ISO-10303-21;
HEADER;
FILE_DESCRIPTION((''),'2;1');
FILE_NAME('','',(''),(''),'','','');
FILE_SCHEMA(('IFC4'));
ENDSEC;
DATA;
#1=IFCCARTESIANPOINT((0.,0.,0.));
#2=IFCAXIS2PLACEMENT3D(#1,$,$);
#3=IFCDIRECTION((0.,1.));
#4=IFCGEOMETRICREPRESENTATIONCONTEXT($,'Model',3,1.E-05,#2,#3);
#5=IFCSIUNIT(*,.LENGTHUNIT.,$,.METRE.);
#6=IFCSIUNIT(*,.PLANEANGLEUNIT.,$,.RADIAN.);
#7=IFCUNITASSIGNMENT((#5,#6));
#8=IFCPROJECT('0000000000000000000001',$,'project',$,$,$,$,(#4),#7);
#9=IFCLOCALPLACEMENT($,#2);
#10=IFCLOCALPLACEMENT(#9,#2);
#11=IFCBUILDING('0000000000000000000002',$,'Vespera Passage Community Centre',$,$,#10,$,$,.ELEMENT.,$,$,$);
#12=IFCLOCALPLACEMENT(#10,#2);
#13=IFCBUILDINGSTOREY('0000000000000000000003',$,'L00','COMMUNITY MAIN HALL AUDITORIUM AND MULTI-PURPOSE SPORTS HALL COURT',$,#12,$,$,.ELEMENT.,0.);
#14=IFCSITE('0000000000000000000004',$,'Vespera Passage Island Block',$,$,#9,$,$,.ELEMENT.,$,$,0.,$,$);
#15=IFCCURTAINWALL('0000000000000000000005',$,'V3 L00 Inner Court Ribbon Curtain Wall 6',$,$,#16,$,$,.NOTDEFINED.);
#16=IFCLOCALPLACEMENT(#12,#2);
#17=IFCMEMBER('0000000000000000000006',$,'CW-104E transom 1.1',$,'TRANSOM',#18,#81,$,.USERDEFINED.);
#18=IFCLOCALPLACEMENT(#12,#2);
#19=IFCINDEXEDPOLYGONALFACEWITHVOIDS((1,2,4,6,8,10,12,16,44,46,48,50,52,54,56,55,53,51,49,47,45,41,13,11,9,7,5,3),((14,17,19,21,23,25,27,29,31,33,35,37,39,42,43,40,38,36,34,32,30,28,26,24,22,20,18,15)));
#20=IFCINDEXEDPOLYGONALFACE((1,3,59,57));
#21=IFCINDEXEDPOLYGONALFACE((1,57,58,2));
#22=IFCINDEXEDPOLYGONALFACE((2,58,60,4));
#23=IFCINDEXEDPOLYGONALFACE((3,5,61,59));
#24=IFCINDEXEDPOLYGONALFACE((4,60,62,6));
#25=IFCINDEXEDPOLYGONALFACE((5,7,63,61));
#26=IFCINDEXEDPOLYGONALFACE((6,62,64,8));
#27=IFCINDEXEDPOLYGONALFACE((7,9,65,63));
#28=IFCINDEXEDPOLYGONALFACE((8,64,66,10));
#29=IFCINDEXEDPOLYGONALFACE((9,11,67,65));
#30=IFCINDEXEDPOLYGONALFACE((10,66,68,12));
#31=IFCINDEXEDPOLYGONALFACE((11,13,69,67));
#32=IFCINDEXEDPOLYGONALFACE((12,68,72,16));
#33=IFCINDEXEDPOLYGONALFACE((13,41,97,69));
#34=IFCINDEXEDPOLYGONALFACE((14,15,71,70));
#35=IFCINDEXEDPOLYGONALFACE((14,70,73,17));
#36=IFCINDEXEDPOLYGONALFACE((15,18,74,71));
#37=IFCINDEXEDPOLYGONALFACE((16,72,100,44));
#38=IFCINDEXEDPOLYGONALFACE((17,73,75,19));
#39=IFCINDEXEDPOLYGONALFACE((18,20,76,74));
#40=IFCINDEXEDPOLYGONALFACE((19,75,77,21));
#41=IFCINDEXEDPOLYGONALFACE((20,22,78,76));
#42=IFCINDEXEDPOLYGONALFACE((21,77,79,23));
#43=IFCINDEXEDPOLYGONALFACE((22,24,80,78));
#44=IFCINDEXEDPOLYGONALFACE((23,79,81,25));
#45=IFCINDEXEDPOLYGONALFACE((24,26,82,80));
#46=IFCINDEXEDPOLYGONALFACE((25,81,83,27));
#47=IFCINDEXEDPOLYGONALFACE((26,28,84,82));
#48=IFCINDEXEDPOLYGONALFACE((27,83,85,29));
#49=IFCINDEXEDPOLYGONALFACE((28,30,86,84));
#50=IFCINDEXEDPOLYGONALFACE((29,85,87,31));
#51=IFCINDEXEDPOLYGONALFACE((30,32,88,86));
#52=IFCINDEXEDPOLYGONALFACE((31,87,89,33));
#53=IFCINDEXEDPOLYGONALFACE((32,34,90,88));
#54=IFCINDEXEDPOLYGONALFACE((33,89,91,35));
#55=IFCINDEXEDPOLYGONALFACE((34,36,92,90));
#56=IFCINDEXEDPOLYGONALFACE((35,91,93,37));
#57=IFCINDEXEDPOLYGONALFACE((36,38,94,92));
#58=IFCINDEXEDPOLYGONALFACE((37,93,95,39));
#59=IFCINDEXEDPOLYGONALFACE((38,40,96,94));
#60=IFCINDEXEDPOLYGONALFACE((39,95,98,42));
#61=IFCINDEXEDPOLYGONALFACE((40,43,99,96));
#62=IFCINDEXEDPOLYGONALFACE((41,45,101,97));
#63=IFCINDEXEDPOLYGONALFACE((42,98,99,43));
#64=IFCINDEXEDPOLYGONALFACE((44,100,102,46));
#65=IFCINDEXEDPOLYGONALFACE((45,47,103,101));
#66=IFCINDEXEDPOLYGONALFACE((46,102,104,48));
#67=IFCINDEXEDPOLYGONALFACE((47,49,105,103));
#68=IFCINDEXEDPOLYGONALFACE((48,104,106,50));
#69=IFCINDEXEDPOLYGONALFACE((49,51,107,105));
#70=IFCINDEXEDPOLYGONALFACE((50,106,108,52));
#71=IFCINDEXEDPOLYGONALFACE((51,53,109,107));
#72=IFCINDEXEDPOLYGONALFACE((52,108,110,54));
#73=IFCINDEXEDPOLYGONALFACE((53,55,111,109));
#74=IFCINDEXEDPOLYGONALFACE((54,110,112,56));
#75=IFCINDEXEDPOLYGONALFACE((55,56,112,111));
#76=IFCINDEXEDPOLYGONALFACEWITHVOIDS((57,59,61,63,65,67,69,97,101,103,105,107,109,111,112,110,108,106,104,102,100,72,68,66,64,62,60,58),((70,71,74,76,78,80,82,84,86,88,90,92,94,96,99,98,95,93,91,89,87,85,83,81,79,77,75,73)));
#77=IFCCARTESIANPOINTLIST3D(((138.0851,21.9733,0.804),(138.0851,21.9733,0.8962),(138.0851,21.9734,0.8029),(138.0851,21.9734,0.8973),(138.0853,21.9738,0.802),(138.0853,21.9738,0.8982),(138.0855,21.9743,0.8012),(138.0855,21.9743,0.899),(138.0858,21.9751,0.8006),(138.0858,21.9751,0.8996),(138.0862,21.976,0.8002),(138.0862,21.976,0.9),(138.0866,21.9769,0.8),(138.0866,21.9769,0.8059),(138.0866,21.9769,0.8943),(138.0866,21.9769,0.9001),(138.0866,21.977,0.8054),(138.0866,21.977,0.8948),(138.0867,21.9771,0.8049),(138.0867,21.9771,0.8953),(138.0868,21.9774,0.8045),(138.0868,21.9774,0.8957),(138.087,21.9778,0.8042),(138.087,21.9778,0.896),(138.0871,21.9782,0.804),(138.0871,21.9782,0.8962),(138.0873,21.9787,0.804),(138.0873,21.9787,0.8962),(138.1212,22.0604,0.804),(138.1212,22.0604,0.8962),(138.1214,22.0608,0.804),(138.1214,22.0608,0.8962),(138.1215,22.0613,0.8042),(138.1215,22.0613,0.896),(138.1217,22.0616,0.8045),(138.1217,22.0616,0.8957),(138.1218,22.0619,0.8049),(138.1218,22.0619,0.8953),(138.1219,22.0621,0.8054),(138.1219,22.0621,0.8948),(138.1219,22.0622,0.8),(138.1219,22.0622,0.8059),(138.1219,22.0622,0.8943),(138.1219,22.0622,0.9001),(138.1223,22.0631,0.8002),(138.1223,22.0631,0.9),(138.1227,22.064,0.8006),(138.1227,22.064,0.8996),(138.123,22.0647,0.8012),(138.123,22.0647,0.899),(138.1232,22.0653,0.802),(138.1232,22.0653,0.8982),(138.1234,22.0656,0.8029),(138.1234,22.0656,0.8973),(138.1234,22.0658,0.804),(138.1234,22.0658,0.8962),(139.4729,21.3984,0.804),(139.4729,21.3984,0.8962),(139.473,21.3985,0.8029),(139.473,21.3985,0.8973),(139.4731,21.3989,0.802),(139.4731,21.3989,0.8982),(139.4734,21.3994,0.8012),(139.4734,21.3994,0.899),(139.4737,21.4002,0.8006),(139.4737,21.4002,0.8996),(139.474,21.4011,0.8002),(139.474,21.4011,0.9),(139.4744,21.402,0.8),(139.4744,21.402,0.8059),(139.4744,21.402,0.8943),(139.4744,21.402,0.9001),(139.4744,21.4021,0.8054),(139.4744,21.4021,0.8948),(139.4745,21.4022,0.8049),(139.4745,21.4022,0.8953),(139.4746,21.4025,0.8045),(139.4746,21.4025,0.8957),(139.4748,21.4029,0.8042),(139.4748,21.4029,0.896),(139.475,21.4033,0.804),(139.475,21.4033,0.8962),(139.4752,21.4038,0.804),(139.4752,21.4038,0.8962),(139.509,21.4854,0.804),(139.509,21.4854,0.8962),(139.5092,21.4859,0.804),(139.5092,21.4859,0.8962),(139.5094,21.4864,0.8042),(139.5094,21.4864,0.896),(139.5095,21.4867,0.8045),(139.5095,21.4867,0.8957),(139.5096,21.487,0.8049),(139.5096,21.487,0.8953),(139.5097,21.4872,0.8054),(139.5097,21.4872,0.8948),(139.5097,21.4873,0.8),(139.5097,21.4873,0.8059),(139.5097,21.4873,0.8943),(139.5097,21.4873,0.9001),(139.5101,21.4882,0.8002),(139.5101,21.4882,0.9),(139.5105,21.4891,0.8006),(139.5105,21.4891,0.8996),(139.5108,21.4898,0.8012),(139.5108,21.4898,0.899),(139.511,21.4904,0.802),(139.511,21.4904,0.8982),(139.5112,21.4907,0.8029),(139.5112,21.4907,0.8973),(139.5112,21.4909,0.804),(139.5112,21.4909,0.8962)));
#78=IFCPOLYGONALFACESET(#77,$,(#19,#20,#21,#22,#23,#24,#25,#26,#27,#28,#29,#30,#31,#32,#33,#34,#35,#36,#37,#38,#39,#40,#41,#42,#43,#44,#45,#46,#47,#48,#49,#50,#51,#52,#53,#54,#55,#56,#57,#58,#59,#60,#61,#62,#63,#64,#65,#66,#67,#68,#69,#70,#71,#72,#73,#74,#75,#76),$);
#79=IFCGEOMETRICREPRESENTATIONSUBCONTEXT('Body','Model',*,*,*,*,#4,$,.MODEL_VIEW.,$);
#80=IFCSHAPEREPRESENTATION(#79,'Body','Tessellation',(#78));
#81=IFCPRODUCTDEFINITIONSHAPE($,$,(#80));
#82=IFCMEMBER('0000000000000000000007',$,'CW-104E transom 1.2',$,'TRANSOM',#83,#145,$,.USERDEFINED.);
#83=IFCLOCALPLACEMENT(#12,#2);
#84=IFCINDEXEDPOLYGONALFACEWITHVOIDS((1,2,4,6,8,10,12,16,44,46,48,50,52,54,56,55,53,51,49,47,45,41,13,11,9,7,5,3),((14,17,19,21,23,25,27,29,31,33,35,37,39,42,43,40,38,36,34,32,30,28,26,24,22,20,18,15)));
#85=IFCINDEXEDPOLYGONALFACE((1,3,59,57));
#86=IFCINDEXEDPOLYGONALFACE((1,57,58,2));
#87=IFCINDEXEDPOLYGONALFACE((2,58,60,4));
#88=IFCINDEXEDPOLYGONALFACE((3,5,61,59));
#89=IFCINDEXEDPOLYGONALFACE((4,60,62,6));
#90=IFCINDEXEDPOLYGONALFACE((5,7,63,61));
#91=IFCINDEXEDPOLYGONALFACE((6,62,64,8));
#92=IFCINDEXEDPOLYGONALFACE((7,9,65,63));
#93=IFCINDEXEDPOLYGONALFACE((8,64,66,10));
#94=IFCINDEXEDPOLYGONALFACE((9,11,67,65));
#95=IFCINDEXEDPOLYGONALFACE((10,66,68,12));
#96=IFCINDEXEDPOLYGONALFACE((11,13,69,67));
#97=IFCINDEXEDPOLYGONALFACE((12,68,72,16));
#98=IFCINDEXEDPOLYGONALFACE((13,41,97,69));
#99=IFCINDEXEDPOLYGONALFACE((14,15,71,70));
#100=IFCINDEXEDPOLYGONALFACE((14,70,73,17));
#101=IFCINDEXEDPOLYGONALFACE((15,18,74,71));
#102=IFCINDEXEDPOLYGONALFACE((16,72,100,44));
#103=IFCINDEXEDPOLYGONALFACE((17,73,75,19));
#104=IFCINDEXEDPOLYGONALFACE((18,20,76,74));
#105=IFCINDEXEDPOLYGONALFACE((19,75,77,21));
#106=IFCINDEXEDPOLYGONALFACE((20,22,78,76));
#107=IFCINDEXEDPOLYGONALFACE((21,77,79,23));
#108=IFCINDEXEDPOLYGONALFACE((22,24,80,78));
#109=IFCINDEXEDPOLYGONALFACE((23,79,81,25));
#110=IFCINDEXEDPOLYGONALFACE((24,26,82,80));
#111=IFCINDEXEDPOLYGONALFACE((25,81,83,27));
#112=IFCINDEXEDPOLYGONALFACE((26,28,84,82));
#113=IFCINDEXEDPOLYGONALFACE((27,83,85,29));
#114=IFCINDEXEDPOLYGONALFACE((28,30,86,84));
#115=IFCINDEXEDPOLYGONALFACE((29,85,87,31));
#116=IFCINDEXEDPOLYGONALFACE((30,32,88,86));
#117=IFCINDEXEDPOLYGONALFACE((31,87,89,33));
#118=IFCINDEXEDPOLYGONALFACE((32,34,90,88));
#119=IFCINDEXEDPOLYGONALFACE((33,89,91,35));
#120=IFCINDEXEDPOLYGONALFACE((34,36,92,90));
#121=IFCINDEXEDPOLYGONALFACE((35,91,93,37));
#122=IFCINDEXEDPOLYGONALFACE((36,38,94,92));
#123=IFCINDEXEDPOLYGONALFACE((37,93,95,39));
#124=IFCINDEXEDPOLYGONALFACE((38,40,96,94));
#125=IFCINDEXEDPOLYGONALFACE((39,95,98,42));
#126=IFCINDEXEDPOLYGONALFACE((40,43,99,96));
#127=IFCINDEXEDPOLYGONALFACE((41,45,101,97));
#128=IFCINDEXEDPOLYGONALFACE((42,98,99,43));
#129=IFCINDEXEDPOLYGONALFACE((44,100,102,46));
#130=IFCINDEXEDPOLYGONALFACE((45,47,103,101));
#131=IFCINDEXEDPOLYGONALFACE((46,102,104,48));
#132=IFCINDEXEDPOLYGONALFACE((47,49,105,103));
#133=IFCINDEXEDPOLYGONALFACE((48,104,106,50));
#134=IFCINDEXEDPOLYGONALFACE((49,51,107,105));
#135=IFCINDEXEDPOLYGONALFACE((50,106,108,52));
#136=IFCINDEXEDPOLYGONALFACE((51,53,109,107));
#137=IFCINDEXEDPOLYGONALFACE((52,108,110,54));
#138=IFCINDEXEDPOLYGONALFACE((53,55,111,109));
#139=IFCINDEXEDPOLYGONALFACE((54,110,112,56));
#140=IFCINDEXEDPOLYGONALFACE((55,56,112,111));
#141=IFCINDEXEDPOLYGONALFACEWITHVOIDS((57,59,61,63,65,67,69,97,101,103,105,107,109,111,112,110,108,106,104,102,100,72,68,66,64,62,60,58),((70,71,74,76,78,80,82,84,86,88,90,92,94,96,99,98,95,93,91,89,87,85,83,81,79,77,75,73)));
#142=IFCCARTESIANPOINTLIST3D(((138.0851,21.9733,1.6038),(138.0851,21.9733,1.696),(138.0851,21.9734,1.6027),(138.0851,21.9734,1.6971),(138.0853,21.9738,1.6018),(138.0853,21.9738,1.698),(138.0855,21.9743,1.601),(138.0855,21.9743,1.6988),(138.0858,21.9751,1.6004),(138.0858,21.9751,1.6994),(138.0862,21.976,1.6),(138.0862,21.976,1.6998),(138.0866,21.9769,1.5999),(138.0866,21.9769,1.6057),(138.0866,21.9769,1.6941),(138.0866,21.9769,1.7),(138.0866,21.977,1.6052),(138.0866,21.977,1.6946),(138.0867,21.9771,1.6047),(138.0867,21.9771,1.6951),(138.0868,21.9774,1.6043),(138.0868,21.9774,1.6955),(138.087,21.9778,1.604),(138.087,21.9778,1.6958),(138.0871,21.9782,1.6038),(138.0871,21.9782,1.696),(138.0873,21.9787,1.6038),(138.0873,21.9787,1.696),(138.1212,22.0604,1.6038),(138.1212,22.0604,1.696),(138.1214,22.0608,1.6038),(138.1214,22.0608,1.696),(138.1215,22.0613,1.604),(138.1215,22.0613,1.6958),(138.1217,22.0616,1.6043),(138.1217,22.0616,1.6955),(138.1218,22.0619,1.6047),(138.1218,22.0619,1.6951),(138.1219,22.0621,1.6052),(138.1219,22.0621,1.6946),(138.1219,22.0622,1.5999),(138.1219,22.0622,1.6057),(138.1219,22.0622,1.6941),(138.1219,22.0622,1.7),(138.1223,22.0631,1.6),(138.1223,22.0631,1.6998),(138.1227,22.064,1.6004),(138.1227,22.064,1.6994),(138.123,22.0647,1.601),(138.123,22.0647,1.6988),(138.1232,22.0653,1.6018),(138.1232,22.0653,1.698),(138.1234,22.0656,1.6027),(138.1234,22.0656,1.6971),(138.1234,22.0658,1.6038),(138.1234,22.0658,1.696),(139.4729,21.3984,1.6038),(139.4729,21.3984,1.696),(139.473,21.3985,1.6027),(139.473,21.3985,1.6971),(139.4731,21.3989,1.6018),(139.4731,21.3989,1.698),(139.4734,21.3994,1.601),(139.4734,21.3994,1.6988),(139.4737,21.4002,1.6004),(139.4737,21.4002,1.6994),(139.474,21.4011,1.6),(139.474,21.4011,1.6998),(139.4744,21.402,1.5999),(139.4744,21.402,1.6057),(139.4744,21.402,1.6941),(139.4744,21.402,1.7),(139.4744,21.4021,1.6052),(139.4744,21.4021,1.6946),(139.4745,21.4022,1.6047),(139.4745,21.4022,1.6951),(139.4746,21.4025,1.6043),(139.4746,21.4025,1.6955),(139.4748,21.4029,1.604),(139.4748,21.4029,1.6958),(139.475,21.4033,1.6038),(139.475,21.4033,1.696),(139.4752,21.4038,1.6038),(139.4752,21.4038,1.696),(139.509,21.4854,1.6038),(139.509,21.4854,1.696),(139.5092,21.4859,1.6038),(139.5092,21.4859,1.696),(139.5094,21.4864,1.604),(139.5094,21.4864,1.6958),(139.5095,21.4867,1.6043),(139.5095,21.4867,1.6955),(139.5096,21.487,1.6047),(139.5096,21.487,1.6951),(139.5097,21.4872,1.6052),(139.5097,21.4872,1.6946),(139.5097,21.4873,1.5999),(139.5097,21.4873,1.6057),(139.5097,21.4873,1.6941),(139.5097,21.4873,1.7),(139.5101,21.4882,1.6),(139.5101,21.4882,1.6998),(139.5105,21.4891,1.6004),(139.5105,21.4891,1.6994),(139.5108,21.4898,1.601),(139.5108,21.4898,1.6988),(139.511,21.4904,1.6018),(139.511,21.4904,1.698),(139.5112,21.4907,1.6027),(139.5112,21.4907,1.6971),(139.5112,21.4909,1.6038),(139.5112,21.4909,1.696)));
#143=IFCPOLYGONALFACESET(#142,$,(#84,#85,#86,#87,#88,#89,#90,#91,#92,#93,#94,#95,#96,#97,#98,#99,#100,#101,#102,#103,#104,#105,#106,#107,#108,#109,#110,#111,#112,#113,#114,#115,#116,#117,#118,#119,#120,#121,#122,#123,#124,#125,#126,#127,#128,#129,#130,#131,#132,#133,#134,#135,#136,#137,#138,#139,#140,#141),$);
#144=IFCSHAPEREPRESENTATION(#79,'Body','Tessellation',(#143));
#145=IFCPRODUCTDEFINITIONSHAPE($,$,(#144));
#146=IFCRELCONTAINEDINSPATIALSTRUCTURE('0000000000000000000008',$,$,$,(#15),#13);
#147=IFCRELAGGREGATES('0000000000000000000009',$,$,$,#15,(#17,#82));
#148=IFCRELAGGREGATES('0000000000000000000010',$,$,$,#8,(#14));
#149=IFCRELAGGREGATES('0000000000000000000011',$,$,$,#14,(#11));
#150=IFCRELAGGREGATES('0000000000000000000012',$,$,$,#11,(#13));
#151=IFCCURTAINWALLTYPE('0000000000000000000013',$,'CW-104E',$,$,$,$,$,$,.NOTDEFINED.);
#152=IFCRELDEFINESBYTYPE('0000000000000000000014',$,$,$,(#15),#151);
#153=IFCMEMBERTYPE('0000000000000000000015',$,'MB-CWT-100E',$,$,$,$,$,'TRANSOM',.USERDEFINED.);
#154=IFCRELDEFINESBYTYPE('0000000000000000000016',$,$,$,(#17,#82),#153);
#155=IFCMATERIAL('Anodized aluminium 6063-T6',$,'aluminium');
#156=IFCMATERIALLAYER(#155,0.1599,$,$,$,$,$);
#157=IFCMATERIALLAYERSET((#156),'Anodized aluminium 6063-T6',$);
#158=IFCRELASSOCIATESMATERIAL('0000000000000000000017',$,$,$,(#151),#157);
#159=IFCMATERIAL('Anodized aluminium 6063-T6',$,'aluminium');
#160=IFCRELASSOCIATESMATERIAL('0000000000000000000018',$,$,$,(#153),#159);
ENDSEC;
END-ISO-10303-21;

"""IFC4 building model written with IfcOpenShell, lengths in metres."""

from ifc_helpers import new_model, si_unit, direction, frame, origin, origin_2d, place, context, subcontext, project, spatial, hollow_rectangle, extrude, material, layer, layer_set, material_profile, profile_set, type_object, element, aggregate, save


model = new_model("IFC4")

# Units and contexts
model_context = context("Model", 3, precision=1e-05, world=origin(), true_north=direction((0.0, 1.0)))
body_context = subcontext(model_context, "Body", "Model", "MODEL_VIEW")
ifc_project = project(units=[si_unit("LENGTHUNIT", "METRE"), si_unit("PLANEANGLEUNIT", "RADIAN")], contexts=[model_context])

# Site, building, storey
site_placement = place(None, origin())
site = spatial("IfcSite", under=ifc_project, at=site_placement, Name="Vespera Passage Island Block", CompositionType="ELEMENT", RefElevation=0.0)
building_placement = place(site_placement, origin())
building = spatial("IfcBuilding", under=site, at=building_placement, Name="Vespera Passage Community Centre", CompositionType="ELEMENT")
storey_placement = place(building_placement, origin())
storey = spatial("IfcBuildingStorey", under=building, at=storey_placement, Name="L00", Description="COMMUNITY MAIN HALL AUDITORIUM AND MULTI-PURPOSE SPORTS HALL COURT", CompositionType="ELEMENT", Elevation=0.0)

# Curtain wall
ifc_material_1 = material(Name="Anodized aluminium 6063-T6", Category="aluminium")
ifc_layer_1 = layer(ifc_material_1, 0.1599)
ifc_layer_set_1 = layer_set([ifc_layer_1], Name="Anodized aluminium 6063-T6")
curtain_wall_type = type_object("IfcCurtainWallType", Name="CW-104E", PredefinedType="NOTDEFINED", material=ifc_layer_set_1)
curtain_wall_1_placement = place(storey_placement, origin())
curtain_wall_1 = element("IfcCurtainWall", 1, at=curtain_wall_1_placement, inside=storey, type_object=curtain_wall_type, Name="V3 L00 Inner Court Ribbon Curtain Wall 6", PredefinedType="NOTDEFINED")

# Members
ifc_material_2 = material(Name="Anodized aluminium 6063-T6", Category="aluminium")
ifc_material_profile_1 = material_profile(ifc_material_2, hollow_rectangle(XDim=0.1001, YDim=0.1001, WallThickness=0.0039, InnerFilletRadius=0.002, OuterFilletRadius=0.0039, at=origin_2d()), Name="ALU100X100X4")
ifc_profile_set_1 = profile_set([ifc_material_profile_1], Name="Anodized aluminium 6063-T6")
member_type_1 = type_object("IfcMemberType", Name="MB-CWT-100E", ElementType="TRANSOM", PredefinedType="USERDEFINED", material=ifc_profile_set_1)
member_1_placement = place(storey_placement, frame((138.1042, 22.0195, 0.8501), z_axis=(0.923868, -0.382711, 0.0), x_axis=(0.382711, 0.923868, 0.0)))
member_1 = element("IfcMember", 2, at=member_1_placement, type_object=member_type_1, Name="CW-104E transom 1.1", ObjectType="TRANSOM", PredefinedType="USERDEFINED", context=body_context, shape_type="SweptSolid", body=[
    extrude(hollow_rectangle(XDim=0.1001, YDim=0.1001, WallThickness=0.0039, InnerFilletRadius=0.002, OuterFilletRadius=0.0039, at=origin_2d()), origin(), (0.0, 0.0, 1.0), 1.5022),
])
member_2_placement = place(storey_placement, frame((138.1042, 22.0195, 1.6499), z_axis=(0.923868, -0.382711, 0.0), x_axis=(0.382711, 0.923868, 0.0)))
member_2 = element("IfcMember", 3, at=member_2_placement, type_object=member_type_1, Name="CW-104E transom 1.2", ObjectType="TRANSOM", PredefinedType="USERDEFINED", context=body_context, shape_type="SweptSolid", body=[
    extrude(hollow_rectangle(XDim=0.1001, YDim=0.1001, WallThickness=0.0039, InnerFilletRadius=0.002, OuterFilletRadius=0.0039, at=origin_2d()), origin(), (0.0, 0.0, 1.0), 1.5022),
])

aggregate(curtain_wall_1, [member_1, member_2])

save(model, "model.ifc")
